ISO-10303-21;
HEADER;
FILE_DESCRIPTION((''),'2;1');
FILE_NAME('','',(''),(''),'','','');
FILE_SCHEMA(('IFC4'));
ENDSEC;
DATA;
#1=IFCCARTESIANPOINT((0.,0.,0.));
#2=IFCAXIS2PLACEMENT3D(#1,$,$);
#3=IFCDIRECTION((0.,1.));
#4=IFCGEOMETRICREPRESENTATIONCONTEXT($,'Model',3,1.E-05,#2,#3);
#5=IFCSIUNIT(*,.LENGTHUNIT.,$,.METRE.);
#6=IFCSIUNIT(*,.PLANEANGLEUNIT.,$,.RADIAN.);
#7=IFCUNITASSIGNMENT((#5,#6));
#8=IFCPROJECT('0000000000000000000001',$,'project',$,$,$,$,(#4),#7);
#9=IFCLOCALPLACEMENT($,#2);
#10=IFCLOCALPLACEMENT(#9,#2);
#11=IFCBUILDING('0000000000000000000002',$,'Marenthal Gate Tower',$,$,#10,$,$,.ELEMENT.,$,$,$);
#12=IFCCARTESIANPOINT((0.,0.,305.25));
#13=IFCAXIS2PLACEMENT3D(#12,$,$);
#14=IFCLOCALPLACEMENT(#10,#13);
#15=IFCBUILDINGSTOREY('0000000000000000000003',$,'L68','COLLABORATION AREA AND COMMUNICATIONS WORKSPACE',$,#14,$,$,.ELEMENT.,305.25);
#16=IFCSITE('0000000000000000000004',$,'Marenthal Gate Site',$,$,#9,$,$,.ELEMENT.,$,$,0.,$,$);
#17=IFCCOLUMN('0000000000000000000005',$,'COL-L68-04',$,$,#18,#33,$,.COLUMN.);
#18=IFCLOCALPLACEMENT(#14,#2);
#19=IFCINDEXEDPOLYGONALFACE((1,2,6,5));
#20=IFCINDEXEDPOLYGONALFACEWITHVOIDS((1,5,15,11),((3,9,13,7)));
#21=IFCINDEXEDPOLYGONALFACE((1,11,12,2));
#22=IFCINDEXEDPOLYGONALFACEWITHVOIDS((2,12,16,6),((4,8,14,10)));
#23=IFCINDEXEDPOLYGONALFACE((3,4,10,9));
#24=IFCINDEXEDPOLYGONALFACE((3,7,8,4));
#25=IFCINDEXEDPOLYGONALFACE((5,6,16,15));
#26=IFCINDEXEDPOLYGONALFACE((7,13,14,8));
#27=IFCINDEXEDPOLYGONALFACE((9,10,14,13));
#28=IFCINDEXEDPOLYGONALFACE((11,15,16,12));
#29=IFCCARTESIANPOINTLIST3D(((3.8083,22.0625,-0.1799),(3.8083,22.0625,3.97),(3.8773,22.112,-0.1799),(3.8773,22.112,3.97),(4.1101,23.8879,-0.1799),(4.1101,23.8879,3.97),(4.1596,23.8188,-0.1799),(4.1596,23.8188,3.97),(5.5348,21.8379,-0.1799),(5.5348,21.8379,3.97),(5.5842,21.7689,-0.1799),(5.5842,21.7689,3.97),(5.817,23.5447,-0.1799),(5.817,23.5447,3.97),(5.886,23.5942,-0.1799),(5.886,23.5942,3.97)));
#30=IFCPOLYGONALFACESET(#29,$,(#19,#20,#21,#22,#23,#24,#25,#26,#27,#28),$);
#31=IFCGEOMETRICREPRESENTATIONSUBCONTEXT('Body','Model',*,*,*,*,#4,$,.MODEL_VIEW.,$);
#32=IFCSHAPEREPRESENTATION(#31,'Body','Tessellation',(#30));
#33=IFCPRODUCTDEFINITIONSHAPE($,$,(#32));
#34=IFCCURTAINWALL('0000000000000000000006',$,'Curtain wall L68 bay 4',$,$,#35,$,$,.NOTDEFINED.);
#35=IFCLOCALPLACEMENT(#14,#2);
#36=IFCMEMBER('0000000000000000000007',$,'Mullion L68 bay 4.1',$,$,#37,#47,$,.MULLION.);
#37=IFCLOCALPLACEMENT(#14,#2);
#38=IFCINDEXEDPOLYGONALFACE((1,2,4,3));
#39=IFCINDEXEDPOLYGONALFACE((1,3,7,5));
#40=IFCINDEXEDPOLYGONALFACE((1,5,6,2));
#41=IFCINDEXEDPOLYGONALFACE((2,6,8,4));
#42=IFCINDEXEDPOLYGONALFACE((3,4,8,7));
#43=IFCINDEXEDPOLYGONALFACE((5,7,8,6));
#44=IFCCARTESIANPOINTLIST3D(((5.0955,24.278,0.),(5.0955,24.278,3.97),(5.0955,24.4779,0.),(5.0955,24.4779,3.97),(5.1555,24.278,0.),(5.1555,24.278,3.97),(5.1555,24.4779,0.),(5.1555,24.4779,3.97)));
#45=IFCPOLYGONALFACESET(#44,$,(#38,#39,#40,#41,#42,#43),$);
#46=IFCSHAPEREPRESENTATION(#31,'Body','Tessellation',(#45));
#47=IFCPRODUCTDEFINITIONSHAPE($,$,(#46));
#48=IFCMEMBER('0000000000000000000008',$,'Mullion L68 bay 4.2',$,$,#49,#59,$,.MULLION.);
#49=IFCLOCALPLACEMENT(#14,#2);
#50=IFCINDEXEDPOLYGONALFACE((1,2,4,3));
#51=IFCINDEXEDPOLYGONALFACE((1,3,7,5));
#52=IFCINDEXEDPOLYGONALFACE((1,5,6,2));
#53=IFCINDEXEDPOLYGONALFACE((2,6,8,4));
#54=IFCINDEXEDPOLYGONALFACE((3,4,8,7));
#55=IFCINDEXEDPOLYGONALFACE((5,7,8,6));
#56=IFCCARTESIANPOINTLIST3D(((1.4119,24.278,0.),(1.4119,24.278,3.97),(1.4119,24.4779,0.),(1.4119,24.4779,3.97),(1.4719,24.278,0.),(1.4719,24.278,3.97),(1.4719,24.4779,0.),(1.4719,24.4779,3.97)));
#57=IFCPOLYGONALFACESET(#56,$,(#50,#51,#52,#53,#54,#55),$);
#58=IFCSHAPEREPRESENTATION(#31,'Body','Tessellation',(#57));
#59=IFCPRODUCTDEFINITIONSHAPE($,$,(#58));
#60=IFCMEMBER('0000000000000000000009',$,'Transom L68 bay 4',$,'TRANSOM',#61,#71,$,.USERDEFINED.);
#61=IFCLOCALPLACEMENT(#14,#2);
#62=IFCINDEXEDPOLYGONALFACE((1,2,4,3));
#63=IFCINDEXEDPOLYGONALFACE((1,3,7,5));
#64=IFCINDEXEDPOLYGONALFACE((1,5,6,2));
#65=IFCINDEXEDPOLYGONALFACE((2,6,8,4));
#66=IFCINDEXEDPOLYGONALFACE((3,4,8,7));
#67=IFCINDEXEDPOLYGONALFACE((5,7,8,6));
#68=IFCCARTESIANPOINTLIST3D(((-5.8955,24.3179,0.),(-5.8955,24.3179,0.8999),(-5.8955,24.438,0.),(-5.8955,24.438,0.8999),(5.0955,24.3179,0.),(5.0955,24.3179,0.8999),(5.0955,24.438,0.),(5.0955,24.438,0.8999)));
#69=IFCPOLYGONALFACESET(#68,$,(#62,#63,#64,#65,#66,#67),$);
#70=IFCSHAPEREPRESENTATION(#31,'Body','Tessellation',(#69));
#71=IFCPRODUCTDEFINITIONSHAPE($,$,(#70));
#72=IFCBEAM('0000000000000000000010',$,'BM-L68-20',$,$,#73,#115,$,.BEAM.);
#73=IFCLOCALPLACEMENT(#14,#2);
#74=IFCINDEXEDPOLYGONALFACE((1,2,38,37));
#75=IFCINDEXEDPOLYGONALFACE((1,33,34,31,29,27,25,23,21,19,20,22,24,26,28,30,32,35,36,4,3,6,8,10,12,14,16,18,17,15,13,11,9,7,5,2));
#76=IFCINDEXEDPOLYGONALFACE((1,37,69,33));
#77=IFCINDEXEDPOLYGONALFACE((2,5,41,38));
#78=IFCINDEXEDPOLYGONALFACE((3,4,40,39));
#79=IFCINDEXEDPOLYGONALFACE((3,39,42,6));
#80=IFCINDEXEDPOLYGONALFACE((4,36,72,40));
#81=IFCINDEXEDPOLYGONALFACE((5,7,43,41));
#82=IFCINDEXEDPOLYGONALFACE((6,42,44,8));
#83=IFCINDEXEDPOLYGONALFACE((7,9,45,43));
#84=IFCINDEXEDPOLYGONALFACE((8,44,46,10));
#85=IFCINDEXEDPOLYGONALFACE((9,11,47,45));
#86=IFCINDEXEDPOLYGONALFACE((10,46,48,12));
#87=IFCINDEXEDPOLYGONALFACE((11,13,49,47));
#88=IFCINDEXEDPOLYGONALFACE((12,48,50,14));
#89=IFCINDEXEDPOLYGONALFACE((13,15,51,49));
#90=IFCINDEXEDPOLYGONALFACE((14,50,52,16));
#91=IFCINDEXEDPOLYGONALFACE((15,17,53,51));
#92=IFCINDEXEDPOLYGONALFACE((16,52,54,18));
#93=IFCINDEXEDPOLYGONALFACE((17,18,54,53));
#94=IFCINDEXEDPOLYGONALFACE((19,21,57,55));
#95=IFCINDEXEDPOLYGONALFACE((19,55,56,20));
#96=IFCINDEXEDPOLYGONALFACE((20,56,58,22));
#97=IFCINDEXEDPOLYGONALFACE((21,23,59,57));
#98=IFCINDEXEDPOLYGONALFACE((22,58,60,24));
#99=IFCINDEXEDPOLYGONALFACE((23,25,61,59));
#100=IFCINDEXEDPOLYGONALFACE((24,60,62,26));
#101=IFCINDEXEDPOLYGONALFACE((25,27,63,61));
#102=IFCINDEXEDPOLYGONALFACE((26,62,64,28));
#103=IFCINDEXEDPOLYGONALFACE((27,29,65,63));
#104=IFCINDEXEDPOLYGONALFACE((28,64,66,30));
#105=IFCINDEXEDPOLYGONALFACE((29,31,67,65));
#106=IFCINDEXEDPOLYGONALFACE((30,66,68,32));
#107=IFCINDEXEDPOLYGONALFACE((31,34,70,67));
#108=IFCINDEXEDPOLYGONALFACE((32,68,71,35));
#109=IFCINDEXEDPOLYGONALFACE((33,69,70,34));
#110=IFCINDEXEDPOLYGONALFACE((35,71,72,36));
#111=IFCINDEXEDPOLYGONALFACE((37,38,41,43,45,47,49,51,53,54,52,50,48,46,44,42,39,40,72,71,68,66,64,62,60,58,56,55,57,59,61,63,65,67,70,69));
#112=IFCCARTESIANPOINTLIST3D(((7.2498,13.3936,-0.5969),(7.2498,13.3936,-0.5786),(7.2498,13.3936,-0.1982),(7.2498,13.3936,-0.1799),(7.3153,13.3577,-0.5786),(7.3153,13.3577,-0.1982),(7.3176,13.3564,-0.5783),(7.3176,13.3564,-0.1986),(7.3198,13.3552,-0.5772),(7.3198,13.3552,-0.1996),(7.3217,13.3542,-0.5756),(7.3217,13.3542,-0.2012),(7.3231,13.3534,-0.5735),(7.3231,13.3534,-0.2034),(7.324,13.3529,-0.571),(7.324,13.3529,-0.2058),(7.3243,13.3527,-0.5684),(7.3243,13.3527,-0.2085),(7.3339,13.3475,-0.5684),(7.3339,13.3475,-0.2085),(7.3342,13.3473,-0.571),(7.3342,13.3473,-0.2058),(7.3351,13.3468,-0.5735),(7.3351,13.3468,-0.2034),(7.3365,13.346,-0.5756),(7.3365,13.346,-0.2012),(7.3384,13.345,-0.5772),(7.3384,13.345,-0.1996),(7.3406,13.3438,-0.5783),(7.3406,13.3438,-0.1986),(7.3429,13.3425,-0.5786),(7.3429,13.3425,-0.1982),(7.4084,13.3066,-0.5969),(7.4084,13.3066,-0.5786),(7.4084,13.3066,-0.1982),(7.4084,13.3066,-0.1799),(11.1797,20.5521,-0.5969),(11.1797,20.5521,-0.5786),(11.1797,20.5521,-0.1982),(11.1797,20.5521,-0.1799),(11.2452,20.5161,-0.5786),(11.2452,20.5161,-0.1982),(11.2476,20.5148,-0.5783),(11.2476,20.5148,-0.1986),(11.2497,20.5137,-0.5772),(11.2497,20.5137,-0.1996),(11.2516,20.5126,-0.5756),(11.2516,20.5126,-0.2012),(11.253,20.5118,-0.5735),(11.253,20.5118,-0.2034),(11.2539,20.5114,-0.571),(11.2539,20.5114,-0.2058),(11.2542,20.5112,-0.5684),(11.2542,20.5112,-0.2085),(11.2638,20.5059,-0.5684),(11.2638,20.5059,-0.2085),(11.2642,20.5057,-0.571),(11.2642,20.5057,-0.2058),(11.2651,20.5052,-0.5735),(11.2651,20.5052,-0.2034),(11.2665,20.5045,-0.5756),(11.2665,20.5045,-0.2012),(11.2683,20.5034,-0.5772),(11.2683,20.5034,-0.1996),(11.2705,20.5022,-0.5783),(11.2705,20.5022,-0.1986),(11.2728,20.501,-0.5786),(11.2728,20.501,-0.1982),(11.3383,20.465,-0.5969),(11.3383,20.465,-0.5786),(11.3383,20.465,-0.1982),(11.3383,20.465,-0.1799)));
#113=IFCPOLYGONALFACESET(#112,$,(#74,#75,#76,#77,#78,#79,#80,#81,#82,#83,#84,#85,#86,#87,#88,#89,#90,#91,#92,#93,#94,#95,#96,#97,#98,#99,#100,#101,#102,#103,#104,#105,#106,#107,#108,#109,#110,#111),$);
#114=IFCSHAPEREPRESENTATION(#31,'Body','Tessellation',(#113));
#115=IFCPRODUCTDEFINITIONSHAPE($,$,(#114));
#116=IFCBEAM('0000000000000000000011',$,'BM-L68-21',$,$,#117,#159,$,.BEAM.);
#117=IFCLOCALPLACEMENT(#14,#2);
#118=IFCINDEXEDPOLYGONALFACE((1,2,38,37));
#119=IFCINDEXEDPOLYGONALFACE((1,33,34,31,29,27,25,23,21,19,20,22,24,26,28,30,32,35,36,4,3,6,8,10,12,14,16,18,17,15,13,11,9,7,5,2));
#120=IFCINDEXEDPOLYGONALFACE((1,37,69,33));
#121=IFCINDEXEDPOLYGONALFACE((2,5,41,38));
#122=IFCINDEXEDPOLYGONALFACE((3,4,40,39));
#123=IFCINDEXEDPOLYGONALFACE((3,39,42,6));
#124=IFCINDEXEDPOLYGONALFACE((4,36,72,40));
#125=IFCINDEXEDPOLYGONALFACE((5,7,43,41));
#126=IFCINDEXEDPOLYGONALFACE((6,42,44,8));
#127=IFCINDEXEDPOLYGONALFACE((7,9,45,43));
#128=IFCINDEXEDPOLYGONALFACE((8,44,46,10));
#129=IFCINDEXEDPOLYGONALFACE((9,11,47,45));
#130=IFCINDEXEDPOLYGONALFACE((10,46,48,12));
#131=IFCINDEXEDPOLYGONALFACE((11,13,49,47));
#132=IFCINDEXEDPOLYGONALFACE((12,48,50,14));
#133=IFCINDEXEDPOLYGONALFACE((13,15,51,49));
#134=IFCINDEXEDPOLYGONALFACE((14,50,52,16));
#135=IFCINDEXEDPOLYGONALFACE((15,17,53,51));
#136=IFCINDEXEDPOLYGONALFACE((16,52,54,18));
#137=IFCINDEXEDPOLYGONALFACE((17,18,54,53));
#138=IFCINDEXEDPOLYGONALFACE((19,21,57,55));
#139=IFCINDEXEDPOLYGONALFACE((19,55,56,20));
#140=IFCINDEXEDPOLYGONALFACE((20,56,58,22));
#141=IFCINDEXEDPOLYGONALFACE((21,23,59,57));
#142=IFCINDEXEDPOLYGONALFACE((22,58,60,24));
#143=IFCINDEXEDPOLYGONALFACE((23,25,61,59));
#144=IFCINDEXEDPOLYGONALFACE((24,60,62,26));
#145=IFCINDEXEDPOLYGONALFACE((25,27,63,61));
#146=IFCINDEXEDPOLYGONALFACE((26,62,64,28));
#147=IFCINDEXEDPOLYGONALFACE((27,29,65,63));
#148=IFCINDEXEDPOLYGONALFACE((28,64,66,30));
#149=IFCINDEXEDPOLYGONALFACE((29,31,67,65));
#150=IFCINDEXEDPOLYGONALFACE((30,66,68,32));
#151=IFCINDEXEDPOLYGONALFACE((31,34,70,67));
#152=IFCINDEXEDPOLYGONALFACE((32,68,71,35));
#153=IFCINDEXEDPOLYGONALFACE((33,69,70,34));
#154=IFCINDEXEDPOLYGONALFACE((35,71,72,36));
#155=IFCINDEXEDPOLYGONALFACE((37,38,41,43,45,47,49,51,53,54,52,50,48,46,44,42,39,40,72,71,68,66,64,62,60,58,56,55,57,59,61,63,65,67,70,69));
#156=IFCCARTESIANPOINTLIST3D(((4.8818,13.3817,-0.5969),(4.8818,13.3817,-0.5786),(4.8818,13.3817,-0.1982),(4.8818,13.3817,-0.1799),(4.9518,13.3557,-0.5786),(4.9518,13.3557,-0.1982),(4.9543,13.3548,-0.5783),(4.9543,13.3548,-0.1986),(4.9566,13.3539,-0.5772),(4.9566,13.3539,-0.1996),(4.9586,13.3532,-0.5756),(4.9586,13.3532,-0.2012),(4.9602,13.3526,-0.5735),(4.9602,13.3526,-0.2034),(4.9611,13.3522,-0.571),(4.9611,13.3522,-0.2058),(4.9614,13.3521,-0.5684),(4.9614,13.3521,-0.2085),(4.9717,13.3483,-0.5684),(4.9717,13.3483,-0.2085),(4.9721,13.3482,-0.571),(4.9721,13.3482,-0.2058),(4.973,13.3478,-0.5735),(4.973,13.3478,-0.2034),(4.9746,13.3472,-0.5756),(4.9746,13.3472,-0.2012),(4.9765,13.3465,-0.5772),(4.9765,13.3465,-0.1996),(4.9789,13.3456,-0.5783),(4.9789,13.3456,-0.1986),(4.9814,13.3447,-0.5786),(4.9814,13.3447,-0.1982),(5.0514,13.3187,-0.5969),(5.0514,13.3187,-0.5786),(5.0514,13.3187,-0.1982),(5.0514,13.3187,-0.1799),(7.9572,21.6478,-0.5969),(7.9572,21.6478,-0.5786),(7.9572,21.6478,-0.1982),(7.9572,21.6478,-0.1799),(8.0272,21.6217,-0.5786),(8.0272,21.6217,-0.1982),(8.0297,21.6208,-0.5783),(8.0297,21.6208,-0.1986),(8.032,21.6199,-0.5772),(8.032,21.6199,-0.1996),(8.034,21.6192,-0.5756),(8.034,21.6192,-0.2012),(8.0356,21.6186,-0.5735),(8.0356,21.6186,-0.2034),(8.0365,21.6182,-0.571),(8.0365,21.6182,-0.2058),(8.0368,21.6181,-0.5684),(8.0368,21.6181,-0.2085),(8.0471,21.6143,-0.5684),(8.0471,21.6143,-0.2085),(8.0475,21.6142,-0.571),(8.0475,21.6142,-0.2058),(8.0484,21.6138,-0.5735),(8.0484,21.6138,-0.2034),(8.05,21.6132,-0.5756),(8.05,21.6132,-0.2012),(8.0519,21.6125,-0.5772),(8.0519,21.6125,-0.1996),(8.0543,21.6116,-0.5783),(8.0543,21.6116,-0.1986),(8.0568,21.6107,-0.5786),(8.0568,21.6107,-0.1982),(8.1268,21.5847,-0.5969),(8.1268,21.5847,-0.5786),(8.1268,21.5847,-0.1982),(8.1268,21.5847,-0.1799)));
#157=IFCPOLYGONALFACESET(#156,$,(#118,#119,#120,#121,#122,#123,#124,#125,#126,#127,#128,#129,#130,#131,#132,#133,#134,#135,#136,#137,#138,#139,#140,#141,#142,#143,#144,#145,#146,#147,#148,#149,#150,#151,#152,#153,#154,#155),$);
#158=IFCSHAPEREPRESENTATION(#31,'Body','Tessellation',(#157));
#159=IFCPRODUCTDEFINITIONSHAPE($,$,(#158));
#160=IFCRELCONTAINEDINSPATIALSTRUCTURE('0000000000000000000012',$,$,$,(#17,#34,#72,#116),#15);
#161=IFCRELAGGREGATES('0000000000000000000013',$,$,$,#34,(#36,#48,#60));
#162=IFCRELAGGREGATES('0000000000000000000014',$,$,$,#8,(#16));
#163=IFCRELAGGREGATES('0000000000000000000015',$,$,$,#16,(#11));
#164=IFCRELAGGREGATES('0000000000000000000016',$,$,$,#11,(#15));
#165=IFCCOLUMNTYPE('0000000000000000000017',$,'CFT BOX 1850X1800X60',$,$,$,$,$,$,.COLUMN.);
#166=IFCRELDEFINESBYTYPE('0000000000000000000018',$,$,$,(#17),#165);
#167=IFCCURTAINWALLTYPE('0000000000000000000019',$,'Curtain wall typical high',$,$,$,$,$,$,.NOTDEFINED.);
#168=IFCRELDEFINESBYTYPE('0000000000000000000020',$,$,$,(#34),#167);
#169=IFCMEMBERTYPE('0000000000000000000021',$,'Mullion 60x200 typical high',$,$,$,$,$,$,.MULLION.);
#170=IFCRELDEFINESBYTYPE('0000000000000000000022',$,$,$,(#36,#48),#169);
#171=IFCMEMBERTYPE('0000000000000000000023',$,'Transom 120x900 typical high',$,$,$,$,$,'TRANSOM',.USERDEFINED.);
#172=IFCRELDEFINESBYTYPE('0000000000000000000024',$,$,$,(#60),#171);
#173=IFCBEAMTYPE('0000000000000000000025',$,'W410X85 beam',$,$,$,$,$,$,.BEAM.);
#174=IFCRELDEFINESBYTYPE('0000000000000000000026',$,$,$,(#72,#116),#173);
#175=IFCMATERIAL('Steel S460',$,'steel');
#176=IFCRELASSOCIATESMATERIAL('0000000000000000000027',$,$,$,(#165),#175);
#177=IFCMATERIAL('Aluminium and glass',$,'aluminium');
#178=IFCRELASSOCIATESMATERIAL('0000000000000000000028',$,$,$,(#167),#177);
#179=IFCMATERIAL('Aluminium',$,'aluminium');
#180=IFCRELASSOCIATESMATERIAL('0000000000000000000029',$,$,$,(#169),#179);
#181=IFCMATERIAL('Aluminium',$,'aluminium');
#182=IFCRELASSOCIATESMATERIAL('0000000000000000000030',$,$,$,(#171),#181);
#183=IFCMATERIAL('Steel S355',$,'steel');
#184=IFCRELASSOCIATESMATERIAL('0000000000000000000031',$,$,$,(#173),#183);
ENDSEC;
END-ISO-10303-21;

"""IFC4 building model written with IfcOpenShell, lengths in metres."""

from ifc_helpers import new_model, si_unit, direction, frame, origin, origin_2d, place, context, subcontext, project, spatial, rectangle, hollow_rectangle, i_section, extrude, material, material_profile, profile_set, type_object, element, aggregate, save


model = new_model("IFC4")

# Units and contexts
model_context = context("Model", 3, precision=1e-05, world=origin(), true_north=direction((0.0, 1.0)))
body_context = subcontext(model_context, "Body", "Model", "MODEL_VIEW")
ifc_project = project(units=[si_unit("LENGTHUNIT", "METRE"), si_unit("PLANEANGLEUNIT", "RADIAN")], contexts=[model_context])

# Site, building, storey
site_placement = place(None, origin())
site = spatial("IfcSite", under=ifc_project, at=site_placement, Name="Marenthal Gate Site", CompositionType="ELEMENT", RefElevation=0.0)
building_placement = place(site_placement, origin())
building = spatial("IfcBuilding", under=site, at=building_placement, Name="Marenthal Gate Tower", CompositionType="ELEMENT")
storey_placement = place(building_placement, frame((0.0, 0.0, 305.25)))
storey = spatial("IfcBuildingStorey", under=building, at=storey_placement, Name="L68", Description="COLLABORATION AREA AND COMMUNICATIONS WORKSPACE", CompositionType="ELEMENT", Elevation=305.25)

# Column
ifc_material_1 = material(Name="Steel S460", Category="steel")
ifc_material_profile_1 = material_profile(ifc_material_1, hollow_rectangle(XDim=1.8, YDim=1.8501, WallThickness=0.0601, at=origin_2d()), Name="CFT BOX 1850X1800X60")
ifc_material_2 = material(Name="Concrete 70 MPa", Category="concrete")
ifc_material_profile_2 = material_profile(ifc_material_2, rectangle(XDim=1.6799, YDim=1.73, at=origin_2d()), Name="CFT BOX 1850X1800X60 INFILL")
ifc_profile_set_1 = profile_set([ifc_material_profile_1, ifc_material_profile_2], Name="Steel S460 shell, Concrete 70 MPa infill")
column_type = type_object("IfcColumnType", Name="CFT BOX 1850X1800X60", PredefinedType="COLUMN", material=ifc_profile_set_1)
column_placement = place(storey_placement, frame((4.8472, 22.8284, -0.1799), z_axis=(0.0, 0.0, 1.0), x_axis=(0.986603, -0.163137, 0.0)))
element("IfcColumn", 1, at=column_placement, inside=storey, type_object=column_type, Name="COL-L68-04", PredefinedType="COLUMN", context=body_context, shape_type="SweptSolid", body=[
    extrude(hollow_rectangle(XDim=1.8, YDim=1.8501, WallThickness=0.0601, at=origin_2d()), origin(), (0.0, 0.0, 1.0), 4.1499),
])

# Curtain wall, members
ifc_material_3 = material(Name="Aluminium and glass", Category="aluminium")
curtain_wall_type = type_object("IfcCurtainWallType", Name="Curtain wall typical high", PredefinedType="NOTDEFINED", material=ifc_material_3)
curtain_wall_placement = place(storey_placement, origin())
curtain_wall = element("IfcCurtainWall", 2, at=curtain_wall_placement, inside=storey, type_object=curtain_wall_type, Name="Curtain wall L68 bay 4", PredefinedType="NOTDEFINED")
ifc_material_4 = material(Name="Aluminium", Category="aluminium")
ifc_material_profile_3 = material_profile(ifc_material_4, rectangle(XDim=0.2, YDim=0.0601, at=origin_2d()), Name="60x200 aluminium mullion")
ifc_profile_set_2 = profile_set([ifc_material_profile_3], Name="Aluminium")
member_type_1 = type_object("IfcMemberType", Name="Mullion 60x200 typical high", PredefinedType="MULLION", material=ifc_profile_set_2)
member_1_placement = place(storey_placement, frame((5.1255, 24.3779, 0.0), z_axis=(0.0, 0.0, 1.0), x_axis=(0.0, -1.0, 0.0)))
member_1 = element("IfcMember", 3, at=member_1_placement, type_object=member_type_1, Name="Mullion L68 bay 4.1", PredefinedType="MULLION", context=body_context, shape_type="SweptSolid", body=[
    extrude(rectangle(XDim=0.2, YDim=0.0601, at=origin_2d()), origin(), (0.0, 0.0, 1.0), 3.97),
])
member_2_placement = place(storey_placement, frame((1.4419, 24.3779, 0.0), z_axis=(0.0, 0.0, 1.0), x_axis=(0.0, -1.0, 0.0)))
member_2 = element("IfcMember", 4, at=member_2_placement, type_object=member_type_1, Name="Mullion L68 bay 4.2", PredefinedType="MULLION", context=body_context, shape_type="SweptSolid", body=[
    extrude(rectangle(XDim=0.2, YDim=0.0601, at=origin_2d()), origin(), (0.0, 0.0, 1.0), 3.97),
])
ifc_material_5 = material(Name="Aluminium", Category="aluminium")
ifc_material_profile_4 = material_profile(ifc_material_5, rectangle(XDim=0.1201, YDim=0.8999, at=origin_2d()), Name="120x900 aluminium transom")
ifc_profile_set_3 = profile_set([ifc_material_profile_4], Name="Aluminium")
member_type_2 = type_object("IfcMemberType", Name="Transom 120x900 typical high", ElementType="TRANSOM", PredefinedType="USERDEFINED", material=ifc_profile_set_3)
member_3_placement = place(storey_placement, frame((5.0955, 24.3779, 0.45), z_axis=(-1.0, 0.0, 0.0), x_axis=(0.0, -1.0, 0.0)))
member_3 = element("IfcMember", 5, at=member_3_placement, type_object=member_type_2, Name="Transom L68 bay 4", ObjectType="TRANSOM", PredefinedType="USERDEFINED", context=body_context, shape_type="SweptSolid", body=[
    extrude(rectangle(XDim=0.1201, YDim=0.8999, at=origin_2d()), origin(), (0.0, 0.0, 1.0), 10.991),
])

# Beams
ifc_material_6 = material(Name="Steel S355", Category="steel")
ifc_material_profile_5 = material_profile(ifc_material_6, i_section(OverallWidth=0.1809, OverallDepth=0.417, WebThickness=0.011, FlangeThickness=0.0183, FilletRadius=0.0103, at=origin_2d()), Name="W410X85")
ifc_profile_set_4 = profile_set([ifc_material_profile_5], Name="Steel S355")
beam_type_1 = type_object("IfcBeamType", Name="W410X85 beam", PredefinedType="BEAM", material=ifc_profile_set_4)
beam_1_placement = place(storey_placement, frame((11.259, 20.5085, -0.3884), z_axis=(-0.48124, -0.876589, 0.0), x_axis=(0.876589, -0.48124, 0.0)))
element("IfcBeam", 6, at=beam_1_placement, inside=storey, type_object=beam_type_1, Name="BM-L68-20", PredefinedType="BEAM", context=body_context, shape_type="SweptSolid", body=[
    extrude(i_section(OverallWidth=0.1809, OverallDepth=0.417, WebThickness=0.011, FlangeThickness=0.0183, FilletRadius=0.0103, at=origin_2d()), origin(), (0.0, 0.0, 1.0), 8.1663),
])
beam_2_placement = place(storey_placement, frame((8.042, 21.6162, -0.3884), z_axis=(-0.348701, -0.937234, 0.0), x_axis=(0.937234, -0.348701, 0.0)))
element("IfcBeam", 7, at=beam_2_placement, inside=storey, type_object=beam_type_1, Name="BM-L68-21", PredefinedType="BEAM", context=body_context, shape_type="SweptSolid", body=[
    extrude(i_section(OverallWidth=0.1809, OverallDepth=0.417, WebThickness=0.011, FlangeThickness=0.0183, FilletRadius=0.0103, at=origin_2d()), origin(), (0.0, 0.0, 1.0), 8.8196),
])

aggregate(curtain_wall, [member_1, member_2, member_3])

save(model, "model.ifc")
